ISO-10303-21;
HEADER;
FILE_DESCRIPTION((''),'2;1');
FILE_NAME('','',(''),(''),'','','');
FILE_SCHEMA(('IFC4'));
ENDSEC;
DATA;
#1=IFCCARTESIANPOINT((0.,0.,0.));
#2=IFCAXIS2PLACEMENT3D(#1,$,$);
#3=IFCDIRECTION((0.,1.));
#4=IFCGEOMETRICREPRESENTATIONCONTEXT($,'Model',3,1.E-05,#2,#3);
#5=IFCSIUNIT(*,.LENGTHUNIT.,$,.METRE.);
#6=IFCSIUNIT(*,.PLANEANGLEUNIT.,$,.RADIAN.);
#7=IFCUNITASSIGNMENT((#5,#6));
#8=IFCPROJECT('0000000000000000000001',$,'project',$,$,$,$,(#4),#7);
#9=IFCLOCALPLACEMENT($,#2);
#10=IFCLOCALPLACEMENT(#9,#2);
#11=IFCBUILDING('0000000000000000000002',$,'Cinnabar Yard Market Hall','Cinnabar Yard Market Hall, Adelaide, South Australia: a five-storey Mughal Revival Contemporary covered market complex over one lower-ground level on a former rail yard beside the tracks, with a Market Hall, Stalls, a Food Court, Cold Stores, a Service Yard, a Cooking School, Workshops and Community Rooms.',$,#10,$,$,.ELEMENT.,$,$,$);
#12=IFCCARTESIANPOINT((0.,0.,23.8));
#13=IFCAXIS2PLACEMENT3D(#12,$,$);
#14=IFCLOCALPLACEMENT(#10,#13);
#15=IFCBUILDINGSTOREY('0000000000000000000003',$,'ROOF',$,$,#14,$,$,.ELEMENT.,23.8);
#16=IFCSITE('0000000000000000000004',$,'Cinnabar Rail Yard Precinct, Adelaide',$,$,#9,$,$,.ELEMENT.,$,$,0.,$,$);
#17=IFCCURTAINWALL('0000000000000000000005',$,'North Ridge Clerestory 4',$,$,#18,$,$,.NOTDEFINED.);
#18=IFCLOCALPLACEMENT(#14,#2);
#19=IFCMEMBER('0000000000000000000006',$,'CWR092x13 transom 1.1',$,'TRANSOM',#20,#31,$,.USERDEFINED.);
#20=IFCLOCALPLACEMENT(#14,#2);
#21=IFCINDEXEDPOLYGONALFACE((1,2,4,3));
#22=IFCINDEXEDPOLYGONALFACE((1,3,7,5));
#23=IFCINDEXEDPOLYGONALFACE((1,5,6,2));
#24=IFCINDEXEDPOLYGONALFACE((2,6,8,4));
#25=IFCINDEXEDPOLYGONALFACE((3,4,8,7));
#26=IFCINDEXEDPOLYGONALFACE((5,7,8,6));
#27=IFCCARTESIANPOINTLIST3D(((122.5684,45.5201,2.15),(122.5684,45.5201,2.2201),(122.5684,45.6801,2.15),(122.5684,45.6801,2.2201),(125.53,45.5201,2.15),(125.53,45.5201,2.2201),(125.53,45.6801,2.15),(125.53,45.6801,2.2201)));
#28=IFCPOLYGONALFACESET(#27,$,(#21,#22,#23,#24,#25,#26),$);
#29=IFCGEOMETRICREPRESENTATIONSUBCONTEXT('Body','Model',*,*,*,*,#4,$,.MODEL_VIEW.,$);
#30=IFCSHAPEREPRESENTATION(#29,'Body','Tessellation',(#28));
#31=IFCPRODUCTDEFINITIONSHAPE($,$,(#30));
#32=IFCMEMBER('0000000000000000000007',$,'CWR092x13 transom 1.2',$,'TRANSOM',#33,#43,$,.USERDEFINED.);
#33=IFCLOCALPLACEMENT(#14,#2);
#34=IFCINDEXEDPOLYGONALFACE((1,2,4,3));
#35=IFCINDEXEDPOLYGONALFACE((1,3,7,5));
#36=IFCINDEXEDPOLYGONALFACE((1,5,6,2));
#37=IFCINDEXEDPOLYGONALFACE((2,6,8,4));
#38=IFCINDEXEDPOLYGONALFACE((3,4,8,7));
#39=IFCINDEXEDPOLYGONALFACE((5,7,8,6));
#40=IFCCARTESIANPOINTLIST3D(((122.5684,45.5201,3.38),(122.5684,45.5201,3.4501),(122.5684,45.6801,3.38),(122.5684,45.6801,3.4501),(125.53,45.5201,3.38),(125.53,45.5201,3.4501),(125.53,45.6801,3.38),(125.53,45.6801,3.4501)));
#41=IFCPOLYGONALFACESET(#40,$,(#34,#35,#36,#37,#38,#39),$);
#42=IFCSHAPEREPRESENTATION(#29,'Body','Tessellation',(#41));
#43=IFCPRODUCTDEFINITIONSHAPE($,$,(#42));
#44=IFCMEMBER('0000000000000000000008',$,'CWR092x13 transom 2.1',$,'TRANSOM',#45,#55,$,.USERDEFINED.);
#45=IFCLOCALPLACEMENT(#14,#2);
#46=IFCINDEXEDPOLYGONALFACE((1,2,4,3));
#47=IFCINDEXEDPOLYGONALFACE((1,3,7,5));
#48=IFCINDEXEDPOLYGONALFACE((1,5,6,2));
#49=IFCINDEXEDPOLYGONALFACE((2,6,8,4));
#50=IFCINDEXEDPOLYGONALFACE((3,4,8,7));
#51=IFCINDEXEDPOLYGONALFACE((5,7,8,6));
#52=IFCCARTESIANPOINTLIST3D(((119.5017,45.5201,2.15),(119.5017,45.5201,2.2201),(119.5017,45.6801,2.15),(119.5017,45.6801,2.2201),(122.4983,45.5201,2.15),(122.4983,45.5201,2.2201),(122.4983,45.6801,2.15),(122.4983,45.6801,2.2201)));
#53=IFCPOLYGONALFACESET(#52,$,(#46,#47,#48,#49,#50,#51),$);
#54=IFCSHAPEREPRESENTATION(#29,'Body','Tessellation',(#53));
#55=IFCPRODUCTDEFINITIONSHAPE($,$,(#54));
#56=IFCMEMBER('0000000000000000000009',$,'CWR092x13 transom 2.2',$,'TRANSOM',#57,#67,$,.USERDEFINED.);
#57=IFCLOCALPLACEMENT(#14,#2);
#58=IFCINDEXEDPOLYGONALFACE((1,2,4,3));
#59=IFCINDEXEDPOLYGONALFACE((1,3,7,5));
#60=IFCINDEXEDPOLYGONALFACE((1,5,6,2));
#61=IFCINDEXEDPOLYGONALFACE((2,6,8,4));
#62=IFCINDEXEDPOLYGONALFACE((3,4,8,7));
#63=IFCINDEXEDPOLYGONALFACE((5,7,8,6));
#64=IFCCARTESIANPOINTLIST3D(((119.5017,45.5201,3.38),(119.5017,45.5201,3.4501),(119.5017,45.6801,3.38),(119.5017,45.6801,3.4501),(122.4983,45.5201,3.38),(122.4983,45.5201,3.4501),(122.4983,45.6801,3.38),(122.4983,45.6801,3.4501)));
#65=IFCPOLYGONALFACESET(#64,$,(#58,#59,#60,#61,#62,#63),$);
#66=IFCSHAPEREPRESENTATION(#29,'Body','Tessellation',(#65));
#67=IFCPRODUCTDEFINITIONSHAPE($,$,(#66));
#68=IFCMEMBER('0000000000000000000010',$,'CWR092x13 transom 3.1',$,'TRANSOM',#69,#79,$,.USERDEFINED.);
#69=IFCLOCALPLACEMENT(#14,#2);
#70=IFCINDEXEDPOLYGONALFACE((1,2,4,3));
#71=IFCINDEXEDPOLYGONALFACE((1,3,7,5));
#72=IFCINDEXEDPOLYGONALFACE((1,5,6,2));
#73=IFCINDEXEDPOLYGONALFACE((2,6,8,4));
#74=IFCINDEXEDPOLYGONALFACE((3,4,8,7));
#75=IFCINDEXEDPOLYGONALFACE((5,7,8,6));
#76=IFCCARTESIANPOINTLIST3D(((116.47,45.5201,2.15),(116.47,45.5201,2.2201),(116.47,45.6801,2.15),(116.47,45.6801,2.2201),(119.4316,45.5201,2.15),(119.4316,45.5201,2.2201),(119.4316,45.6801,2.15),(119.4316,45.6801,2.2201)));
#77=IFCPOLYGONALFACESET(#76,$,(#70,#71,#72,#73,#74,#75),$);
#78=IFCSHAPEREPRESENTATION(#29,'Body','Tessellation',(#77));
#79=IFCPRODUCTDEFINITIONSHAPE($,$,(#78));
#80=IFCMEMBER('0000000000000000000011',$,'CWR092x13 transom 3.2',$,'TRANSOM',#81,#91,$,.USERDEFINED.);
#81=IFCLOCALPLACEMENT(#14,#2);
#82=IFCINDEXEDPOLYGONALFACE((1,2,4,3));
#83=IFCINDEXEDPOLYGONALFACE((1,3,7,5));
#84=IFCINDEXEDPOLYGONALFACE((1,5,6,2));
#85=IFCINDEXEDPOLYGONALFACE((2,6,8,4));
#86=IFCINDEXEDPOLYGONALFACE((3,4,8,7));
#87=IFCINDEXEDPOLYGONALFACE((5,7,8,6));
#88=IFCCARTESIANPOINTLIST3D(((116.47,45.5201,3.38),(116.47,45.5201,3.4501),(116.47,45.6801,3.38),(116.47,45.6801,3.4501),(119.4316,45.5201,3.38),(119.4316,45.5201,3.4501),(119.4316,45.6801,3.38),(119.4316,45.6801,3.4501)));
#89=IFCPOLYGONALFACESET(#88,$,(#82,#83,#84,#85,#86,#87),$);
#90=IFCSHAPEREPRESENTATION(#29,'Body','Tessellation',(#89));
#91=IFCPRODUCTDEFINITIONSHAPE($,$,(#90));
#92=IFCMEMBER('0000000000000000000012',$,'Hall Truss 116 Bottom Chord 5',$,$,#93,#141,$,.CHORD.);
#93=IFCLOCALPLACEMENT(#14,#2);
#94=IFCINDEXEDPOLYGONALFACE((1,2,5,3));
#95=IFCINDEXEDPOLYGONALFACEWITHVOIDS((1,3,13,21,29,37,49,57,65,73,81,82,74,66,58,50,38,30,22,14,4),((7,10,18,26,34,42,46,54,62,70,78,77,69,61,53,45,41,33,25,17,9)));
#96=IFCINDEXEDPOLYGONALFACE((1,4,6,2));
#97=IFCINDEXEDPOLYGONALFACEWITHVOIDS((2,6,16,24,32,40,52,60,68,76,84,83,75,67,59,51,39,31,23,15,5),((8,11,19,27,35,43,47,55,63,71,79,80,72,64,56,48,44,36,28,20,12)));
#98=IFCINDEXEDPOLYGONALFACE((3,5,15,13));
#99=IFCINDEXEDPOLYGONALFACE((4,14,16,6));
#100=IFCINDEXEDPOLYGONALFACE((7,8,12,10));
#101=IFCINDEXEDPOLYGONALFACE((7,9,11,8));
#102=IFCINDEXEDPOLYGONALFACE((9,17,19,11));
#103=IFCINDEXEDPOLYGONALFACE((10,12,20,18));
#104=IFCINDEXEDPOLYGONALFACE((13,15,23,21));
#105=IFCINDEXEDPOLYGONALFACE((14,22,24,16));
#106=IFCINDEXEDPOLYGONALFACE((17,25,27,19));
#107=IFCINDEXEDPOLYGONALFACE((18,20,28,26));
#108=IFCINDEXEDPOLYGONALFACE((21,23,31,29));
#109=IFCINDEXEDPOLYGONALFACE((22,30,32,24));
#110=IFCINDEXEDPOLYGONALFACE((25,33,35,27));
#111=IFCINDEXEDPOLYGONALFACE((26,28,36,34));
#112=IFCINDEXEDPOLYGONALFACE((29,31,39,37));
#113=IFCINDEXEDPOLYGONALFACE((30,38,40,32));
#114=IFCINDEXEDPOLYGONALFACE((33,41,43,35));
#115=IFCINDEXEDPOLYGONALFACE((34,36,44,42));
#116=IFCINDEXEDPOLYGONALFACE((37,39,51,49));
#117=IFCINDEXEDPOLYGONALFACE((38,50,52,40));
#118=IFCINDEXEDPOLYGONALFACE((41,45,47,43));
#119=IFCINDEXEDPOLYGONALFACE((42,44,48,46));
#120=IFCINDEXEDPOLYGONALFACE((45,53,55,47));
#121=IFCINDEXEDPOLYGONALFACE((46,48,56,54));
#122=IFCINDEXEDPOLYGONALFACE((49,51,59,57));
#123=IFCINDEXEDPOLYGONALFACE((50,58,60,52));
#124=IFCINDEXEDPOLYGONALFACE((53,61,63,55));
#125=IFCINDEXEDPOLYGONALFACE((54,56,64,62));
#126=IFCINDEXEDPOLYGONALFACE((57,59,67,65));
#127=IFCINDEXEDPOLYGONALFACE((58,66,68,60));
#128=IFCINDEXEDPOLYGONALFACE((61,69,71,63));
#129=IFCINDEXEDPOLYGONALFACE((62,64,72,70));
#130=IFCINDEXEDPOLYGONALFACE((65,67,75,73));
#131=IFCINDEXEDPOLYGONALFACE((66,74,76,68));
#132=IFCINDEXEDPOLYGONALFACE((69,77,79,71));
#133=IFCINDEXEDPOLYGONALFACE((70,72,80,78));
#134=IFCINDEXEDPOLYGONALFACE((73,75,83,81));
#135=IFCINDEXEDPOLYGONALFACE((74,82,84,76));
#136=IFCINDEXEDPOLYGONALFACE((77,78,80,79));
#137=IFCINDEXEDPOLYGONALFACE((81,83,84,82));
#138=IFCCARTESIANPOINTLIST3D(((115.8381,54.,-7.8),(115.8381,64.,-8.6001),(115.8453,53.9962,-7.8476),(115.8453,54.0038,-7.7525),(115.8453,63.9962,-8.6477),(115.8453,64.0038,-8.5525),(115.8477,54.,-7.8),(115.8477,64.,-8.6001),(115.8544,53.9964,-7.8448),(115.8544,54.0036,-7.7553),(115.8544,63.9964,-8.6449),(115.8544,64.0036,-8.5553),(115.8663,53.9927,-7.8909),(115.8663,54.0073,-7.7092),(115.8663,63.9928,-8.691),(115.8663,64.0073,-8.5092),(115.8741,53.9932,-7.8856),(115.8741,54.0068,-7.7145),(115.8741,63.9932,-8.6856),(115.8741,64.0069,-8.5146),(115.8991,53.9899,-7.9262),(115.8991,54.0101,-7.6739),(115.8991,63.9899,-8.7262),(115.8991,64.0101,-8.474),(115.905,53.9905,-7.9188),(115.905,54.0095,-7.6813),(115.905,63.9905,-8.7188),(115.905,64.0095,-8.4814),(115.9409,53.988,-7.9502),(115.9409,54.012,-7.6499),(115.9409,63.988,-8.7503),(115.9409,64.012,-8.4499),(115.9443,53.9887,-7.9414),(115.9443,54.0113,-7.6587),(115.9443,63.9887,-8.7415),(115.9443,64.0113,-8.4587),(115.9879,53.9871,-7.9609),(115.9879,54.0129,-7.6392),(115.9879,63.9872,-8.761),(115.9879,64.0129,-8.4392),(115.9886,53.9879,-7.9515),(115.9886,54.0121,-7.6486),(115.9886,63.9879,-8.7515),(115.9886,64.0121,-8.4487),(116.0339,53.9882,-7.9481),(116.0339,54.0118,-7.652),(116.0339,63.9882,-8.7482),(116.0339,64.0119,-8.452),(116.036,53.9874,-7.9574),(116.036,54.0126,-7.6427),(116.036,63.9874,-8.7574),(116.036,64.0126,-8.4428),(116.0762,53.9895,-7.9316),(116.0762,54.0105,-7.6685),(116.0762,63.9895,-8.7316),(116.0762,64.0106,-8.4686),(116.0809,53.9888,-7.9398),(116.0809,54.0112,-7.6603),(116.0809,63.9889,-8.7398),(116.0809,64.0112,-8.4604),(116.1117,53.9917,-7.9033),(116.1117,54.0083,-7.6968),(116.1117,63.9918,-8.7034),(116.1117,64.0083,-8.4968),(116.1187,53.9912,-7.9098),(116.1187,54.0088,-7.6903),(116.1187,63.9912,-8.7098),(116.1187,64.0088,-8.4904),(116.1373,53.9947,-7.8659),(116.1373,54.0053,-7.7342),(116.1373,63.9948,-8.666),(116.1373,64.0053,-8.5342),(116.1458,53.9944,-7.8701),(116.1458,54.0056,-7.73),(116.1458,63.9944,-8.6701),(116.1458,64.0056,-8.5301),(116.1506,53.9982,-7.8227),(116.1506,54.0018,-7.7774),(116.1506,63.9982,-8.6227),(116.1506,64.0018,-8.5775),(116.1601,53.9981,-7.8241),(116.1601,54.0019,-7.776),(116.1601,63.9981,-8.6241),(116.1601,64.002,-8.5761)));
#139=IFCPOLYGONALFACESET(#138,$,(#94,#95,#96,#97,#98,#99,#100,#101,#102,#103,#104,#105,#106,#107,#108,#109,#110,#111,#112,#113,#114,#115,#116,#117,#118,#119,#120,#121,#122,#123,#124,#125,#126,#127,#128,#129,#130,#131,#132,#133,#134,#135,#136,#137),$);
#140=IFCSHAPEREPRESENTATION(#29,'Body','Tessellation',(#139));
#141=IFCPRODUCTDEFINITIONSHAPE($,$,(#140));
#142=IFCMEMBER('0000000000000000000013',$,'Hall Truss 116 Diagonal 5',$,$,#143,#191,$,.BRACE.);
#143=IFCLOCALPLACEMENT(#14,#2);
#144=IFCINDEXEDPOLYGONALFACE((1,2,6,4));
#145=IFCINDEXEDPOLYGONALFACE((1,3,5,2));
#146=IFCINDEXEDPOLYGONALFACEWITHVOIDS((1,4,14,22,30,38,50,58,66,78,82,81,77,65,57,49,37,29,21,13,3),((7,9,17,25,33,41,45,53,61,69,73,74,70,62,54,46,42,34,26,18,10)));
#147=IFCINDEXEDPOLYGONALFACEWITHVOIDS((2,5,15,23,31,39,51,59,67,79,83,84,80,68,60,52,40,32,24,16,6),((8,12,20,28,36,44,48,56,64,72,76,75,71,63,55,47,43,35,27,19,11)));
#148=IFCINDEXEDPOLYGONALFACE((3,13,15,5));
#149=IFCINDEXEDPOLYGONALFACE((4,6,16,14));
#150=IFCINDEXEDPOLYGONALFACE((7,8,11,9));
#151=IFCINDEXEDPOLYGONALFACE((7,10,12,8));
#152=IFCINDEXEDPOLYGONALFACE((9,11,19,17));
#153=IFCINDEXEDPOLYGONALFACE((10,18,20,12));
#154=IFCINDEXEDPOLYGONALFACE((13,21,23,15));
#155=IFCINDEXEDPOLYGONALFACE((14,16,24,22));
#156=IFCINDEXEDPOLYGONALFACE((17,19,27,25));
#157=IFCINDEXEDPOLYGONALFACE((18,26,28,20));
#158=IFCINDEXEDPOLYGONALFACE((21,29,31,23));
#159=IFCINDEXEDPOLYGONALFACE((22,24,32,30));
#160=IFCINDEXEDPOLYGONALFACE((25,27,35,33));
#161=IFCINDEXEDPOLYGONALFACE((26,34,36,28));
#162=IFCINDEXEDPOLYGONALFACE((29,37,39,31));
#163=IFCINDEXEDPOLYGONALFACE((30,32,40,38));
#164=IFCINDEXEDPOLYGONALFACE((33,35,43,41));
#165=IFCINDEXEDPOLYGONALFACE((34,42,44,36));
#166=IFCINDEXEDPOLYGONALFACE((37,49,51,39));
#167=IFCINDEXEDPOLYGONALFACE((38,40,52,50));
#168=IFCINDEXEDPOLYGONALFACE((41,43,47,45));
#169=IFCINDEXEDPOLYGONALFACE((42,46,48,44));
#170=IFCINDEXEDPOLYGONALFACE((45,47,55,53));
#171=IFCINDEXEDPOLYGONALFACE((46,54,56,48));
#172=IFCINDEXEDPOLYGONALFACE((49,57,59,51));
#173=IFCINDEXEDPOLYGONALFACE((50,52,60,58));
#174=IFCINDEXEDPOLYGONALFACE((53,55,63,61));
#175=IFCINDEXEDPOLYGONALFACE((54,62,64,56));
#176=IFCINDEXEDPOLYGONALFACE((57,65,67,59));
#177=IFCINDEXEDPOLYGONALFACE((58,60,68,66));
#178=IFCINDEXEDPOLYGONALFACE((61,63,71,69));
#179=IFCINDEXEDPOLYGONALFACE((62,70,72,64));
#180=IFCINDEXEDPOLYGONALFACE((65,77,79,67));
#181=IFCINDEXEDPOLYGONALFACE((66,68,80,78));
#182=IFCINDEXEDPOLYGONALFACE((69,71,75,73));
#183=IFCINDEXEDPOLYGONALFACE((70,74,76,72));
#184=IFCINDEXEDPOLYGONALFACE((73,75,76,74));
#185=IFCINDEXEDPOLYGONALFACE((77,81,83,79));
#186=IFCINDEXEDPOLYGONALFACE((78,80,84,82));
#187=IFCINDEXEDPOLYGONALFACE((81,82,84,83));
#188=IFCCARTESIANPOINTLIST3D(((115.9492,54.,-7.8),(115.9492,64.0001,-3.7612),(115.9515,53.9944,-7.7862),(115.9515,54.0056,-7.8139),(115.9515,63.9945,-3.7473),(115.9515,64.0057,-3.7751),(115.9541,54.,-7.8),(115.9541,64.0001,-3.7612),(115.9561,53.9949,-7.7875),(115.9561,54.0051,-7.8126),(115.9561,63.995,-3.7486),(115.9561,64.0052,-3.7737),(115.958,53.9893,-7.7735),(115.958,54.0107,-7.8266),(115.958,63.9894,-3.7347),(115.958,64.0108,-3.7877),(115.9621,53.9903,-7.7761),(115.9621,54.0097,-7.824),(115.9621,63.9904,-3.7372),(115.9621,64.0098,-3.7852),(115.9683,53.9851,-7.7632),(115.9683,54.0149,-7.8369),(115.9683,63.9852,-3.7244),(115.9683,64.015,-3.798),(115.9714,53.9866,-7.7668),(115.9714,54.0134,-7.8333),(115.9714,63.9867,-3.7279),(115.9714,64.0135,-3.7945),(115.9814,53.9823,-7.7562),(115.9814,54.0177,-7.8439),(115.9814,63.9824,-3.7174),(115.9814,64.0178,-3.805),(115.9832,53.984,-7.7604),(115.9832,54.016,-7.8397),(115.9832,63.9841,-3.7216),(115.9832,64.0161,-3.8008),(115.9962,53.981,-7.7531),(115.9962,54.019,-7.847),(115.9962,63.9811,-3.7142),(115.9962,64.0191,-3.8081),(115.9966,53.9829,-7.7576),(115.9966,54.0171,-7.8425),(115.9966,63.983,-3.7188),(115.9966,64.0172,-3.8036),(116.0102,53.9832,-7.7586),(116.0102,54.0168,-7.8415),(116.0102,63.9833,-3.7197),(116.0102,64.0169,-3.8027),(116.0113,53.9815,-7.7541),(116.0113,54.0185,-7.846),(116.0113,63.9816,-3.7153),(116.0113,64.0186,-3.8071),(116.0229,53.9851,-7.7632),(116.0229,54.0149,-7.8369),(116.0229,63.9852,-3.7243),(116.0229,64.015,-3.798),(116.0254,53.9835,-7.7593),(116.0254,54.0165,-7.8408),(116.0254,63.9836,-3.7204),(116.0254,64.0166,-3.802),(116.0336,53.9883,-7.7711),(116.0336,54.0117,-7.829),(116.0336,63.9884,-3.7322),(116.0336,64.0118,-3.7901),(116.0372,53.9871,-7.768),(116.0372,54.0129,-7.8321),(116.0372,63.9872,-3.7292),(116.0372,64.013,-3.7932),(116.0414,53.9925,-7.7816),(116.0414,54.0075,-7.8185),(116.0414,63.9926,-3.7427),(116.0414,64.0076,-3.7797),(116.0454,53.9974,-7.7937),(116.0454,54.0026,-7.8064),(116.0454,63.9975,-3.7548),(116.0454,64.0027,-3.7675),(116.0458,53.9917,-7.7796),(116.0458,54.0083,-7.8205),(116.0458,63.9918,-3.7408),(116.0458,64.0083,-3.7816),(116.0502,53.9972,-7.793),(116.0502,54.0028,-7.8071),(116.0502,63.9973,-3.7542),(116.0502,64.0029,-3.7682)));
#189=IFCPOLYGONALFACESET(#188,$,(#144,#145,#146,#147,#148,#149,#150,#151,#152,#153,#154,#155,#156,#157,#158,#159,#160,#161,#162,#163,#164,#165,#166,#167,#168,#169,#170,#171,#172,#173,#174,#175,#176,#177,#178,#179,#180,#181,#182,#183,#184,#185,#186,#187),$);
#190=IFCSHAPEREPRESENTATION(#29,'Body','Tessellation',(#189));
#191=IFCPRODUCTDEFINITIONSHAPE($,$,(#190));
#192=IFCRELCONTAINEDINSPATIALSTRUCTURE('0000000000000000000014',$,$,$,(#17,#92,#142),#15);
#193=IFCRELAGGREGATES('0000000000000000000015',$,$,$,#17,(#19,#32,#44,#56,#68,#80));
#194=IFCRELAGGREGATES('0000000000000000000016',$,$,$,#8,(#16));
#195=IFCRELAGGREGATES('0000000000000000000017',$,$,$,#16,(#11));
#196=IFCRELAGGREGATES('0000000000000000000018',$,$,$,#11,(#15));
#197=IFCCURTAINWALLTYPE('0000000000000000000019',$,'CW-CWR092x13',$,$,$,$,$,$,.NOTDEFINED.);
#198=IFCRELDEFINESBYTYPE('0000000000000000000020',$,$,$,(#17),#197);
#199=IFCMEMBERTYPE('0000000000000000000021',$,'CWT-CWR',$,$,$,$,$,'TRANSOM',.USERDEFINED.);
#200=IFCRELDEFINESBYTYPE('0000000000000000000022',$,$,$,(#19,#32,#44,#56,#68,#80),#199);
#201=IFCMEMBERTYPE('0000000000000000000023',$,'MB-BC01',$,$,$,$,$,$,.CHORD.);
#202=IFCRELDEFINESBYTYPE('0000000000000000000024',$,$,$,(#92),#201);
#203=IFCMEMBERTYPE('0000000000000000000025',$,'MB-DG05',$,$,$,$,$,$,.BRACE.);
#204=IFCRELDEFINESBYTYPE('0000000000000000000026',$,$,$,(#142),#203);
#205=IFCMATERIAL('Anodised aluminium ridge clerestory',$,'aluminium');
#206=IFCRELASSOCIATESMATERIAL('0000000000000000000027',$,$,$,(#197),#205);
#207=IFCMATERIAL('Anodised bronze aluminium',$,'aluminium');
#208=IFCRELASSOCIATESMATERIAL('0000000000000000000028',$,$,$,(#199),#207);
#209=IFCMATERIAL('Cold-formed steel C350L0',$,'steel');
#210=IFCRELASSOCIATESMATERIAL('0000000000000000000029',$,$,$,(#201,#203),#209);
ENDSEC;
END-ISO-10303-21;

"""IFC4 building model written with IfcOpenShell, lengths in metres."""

from ifc_helpers import new_model, si_unit, direction, frame, origin, origin_2d_with_axis, place, context, subcontext, project, spatial, rectangle, hollow_circle, extrude, material, material_profile, profile_set, type_object, element, aggregate, save


model = new_model("IFC4")

# Units and contexts
model_context = context("Model", 3, precision=1e-05, world=origin(), true_north=direction((0.0, 1.0)))
body_context = subcontext(model_context, "Body", "Model", "MODEL_VIEW")
ifc_project = project(units=[si_unit("LENGTHUNIT", "METRE"), si_unit("PLANEANGLEUNIT", "RADIAN")], contexts=[model_context])

# Site, building, storey
site_placement = place(None, origin())
site = spatial("IfcSite", under=ifc_project, at=site_placement, Name="Cinnabar Rail Yard Precinct, Adelaide", CompositionType="ELEMENT", RefElevation=0.0)
building_placement = place(site_placement, origin())
building = spatial("IfcBuilding", under=site, at=building_placement, Name="Cinnabar Yard Market Hall", Description="Cinnabar Yard Market Hall, Adelaide, South Australia: a five-storey Mughal Revival Contemporary covered market complex over one lower-ground level on a former rail yard beside the tracks, with a Market Hall, Stalls, a Food Court, Cold Stores, a Service Yard, a Cooking School, Workshops and Community Rooms.", CompositionType="ELEMENT")
storey_placement = place(building_placement, frame((0.0, 0.0, 23.8)))
storey = spatial("IfcBuildingStorey", under=building, at=storey_placement, Name="ROOF", CompositionType="ELEMENT", Elevation=23.8)

# Shared definitions
ifc_material_1 = material(Name="Anodised aluminium ridge clerestory", Category="aluminium")
curtain_wall_type = type_object("IfcCurtainWallType", Name="CW-CWR092x13", PredefinedType="NOTDEFINED", material=ifc_material_1)
ifc_material_2 = material(Name="Anodised bronze aluminium", Category="aluminium")

# Curtain wall
curtain_wall_1_placement = place(storey_placement, origin())
curtain_wall_1 = element("IfcCurtainWall", 1, at=curtain_wall_1_placement, inside=storey, type_object=curtain_wall_type, Name="North Ridge Clerestory 4", PredefinedType="NOTDEFINED")

# Members
ifc_material_profile_1 = material_profile(ifc_material_2, rectangle(XDim=0.1599, YDim=0.0701, at=origin_2d_with_axis()), Name="TRN-CWR")
ifc_profile_set_1 = profile_set([ifc_material_profile_1], Name="Anodised bronze aluminium")
member_type_1 = type_object("IfcMemberType", Name="CWT-CWR", ElementType="TRANSOM", PredefinedType="USERDEFINED", material=ifc_profile_set_1)
member_1_placement = place(storey_placement, frame((125.53, 45.6001, 2.1851), z_axis=(-1.0, 0.0, 0.0), x_axis=(0.0, -1.0, 0.0)))
member_1 = element("IfcMember", 2, at=member_1_placement, type_object=member_type_1, Name="CWR092x13 transom 1.1", ObjectType="TRANSOM", PredefinedType="USERDEFINED", context=body_context, shape_type="SweptSolid", body=[
    extrude(rectangle(XDim=0.1599, YDim=0.0701, at=origin_2d_with_axis()), origin(), (0.0, 0.0, 1.0), 2.9617),
])
member_2_placement = place(storey_placement, frame((125.53, 45.6001, 3.415), z_axis=(-1.0, 0.0, 0.0), x_axis=(0.0, -1.0, 0.0)))
member_2 = element("IfcMember", 3, at=member_2_placement, type_object=member_type_1, Name="CWR092x13 transom 1.2", ObjectType="TRANSOM", PredefinedType="USERDEFINED", context=body_context, shape_type="SweptSolid", body=[
    extrude(rectangle(XDim=0.1599, YDim=0.0701, at=origin_2d_with_axis()), origin(), (0.0, 0.0, 1.0), 2.9617),
])
member_3_placement = place(storey_placement, frame((122.4983, 45.6001, 2.1851), z_axis=(-1.0, 0.0, 0.0), x_axis=(0.0, -1.0, 0.0)))
member_3 = element("IfcMember", 4, at=member_3_placement, type_object=member_type_1, Name="CWR092x13 transom 2.1", ObjectType="TRANSOM", PredefinedType="USERDEFINED", context=body_context, shape_type="SweptSolid", body=[
    extrude(rectangle(XDim=0.1599, YDim=0.0701, at=origin_2d_with_axis()), origin(), (0.0, 0.0, 1.0), 2.9966),
])
member_4_placement = place(storey_placement, frame((122.4983, 45.6001, 3.415), z_axis=(-1.0, 0.0, 0.0), x_axis=(0.0, -1.0, 0.0)))
member_4 = element("IfcMember", 5, at=member_4_placement, type_object=member_type_1, Name="CWR092x13 transom 2.2", ObjectType="TRANSOM", PredefinedType="USERDEFINED", context=body_context, shape_type="SweptSolid", body=[
    extrude(rectangle(XDim=0.1599, YDim=0.0701, at=origin_2d_with_axis()), origin(), (0.0, 0.0, 1.0), 2.9966),
])
member_5_placement = place(storey_placement, frame((119.4316, 45.6001, 2.1851), z_axis=(-1.0, 0.0, 0.0), x_axis=(0.0, -1.0, 0.0)))
member_5 = element("IfcMember", 6, at=member_5_placement, type_object=member_type_1, Name="CWR092x13 transom 3.1", ObjectType="TRANSOM", PredefinedType="USERDEFINED", context=body_context, shape_type="SweptSolid", body=[
    extrude(rectangle(XDim=0.1599, YDim=0.0701, at=origin_2d_with_axis()), origin(), (0.0, 0.0, 1.0), 2.9617),
])
member_6_placement = place(storey_placement, frame((119.4316, 45.6001, 3.415), z_axis=(-1.0, 0.0, 0.0), x_axis=(0.0, -1.0, 0.0)))
member_6 = element("IfcMember", 7, at=member_6_placement, type_object=member_type_1, Name="CWR092x13 transom 3.2", ObjectType="TRANSOM", PredefinedType="USERDEFINED", context=body_context, shape_type="SweptSolid", body=[
    extrude(rectangle(XDim=0.1599, YDim=0.0701, at=origin_2d_with_axis()), origin(), (0.0, 0.0, 1.0), 2.9617),
])

# Members
ifc_material_3 = material(Name="Cold-formed steel C350L0", Category="steel")
ifc_material_profile_2 = material_profile(ifc_material_3, hollow_circle(Radius=0.1619, WallThickness=0.0095, at=origin_2d_with_axis()), Name="323.9x9.5CHS")
ifc_profile_set_2 = profile_set([ifc_material_profile_2], Name="Cold-formed steel C350L0")
member_type_2 = type_object("IfcMemberType", Name="MB-BC01", PredefinedType="CHORD", material=ifc_profile_set_2)
member_7_placement = place(storey_placement, frame((116.0, 54.0, -7.8), z_axis=(0.0, 0.996815, -0.07975), x_axis=(-1.0, 0.0, 0.0)))
element("IfcMember", 8, at=member_7_placement, inside=storey, type_object=member_type_2, Name="Hall Truss 116 Bottom Chord 5", PredefinedType="CHORD", context=body_context, shape_type="SweptSolid", body=[
    extrude(hollow_circle(Radius=0.1619, WallThickness=0.0095, at=origin_2d_with_axis()), origin(), (0.0, 0.0, 1.0), 10.032),
])
ifc_material_profile_3 = material_profile(ifc_material_3, hollow_circle(Radius=0.0508, WallThickness=0.0049, at=origin_2d_with_axis()), Name="101.6x5.0CHS")
ifc_profile_set_3 = profile_set([ifc_material_profile_3], Name="Cold-formed steel C350L0")
member_type_3 = type_object("IfcMemberType", Name="MB-DG05", PredefinedType="BRACE", material=ifc_profile_set_3)
member_8_placement = place(storey_placement, frame((116.0, 54.0, -7.8), z_axis=(0.0, 0.92723, 0.374491), x_axis=(-1.0, 0.0, 0.0)))
element("IfcMember", 9, at=member_8_placement, inside=storey, type_object=member_type_3, Name="Hall Truss 116 Diagonal 5", PredefinedType="BRACE", context=body_context, shape_type="SweptSolid", body=[
    extrude(hollow_circle(Radius=0.0508, WallThickness=0.0049, at=origin_2d_with_axis()), origin(), (0.0, 0.0, 1.0), 10.7849),
])

aggregate(curtain_wall_1, [member_1, member_2, member_3, member_4, member_5, member_6])

save(model, "model.ifc")
